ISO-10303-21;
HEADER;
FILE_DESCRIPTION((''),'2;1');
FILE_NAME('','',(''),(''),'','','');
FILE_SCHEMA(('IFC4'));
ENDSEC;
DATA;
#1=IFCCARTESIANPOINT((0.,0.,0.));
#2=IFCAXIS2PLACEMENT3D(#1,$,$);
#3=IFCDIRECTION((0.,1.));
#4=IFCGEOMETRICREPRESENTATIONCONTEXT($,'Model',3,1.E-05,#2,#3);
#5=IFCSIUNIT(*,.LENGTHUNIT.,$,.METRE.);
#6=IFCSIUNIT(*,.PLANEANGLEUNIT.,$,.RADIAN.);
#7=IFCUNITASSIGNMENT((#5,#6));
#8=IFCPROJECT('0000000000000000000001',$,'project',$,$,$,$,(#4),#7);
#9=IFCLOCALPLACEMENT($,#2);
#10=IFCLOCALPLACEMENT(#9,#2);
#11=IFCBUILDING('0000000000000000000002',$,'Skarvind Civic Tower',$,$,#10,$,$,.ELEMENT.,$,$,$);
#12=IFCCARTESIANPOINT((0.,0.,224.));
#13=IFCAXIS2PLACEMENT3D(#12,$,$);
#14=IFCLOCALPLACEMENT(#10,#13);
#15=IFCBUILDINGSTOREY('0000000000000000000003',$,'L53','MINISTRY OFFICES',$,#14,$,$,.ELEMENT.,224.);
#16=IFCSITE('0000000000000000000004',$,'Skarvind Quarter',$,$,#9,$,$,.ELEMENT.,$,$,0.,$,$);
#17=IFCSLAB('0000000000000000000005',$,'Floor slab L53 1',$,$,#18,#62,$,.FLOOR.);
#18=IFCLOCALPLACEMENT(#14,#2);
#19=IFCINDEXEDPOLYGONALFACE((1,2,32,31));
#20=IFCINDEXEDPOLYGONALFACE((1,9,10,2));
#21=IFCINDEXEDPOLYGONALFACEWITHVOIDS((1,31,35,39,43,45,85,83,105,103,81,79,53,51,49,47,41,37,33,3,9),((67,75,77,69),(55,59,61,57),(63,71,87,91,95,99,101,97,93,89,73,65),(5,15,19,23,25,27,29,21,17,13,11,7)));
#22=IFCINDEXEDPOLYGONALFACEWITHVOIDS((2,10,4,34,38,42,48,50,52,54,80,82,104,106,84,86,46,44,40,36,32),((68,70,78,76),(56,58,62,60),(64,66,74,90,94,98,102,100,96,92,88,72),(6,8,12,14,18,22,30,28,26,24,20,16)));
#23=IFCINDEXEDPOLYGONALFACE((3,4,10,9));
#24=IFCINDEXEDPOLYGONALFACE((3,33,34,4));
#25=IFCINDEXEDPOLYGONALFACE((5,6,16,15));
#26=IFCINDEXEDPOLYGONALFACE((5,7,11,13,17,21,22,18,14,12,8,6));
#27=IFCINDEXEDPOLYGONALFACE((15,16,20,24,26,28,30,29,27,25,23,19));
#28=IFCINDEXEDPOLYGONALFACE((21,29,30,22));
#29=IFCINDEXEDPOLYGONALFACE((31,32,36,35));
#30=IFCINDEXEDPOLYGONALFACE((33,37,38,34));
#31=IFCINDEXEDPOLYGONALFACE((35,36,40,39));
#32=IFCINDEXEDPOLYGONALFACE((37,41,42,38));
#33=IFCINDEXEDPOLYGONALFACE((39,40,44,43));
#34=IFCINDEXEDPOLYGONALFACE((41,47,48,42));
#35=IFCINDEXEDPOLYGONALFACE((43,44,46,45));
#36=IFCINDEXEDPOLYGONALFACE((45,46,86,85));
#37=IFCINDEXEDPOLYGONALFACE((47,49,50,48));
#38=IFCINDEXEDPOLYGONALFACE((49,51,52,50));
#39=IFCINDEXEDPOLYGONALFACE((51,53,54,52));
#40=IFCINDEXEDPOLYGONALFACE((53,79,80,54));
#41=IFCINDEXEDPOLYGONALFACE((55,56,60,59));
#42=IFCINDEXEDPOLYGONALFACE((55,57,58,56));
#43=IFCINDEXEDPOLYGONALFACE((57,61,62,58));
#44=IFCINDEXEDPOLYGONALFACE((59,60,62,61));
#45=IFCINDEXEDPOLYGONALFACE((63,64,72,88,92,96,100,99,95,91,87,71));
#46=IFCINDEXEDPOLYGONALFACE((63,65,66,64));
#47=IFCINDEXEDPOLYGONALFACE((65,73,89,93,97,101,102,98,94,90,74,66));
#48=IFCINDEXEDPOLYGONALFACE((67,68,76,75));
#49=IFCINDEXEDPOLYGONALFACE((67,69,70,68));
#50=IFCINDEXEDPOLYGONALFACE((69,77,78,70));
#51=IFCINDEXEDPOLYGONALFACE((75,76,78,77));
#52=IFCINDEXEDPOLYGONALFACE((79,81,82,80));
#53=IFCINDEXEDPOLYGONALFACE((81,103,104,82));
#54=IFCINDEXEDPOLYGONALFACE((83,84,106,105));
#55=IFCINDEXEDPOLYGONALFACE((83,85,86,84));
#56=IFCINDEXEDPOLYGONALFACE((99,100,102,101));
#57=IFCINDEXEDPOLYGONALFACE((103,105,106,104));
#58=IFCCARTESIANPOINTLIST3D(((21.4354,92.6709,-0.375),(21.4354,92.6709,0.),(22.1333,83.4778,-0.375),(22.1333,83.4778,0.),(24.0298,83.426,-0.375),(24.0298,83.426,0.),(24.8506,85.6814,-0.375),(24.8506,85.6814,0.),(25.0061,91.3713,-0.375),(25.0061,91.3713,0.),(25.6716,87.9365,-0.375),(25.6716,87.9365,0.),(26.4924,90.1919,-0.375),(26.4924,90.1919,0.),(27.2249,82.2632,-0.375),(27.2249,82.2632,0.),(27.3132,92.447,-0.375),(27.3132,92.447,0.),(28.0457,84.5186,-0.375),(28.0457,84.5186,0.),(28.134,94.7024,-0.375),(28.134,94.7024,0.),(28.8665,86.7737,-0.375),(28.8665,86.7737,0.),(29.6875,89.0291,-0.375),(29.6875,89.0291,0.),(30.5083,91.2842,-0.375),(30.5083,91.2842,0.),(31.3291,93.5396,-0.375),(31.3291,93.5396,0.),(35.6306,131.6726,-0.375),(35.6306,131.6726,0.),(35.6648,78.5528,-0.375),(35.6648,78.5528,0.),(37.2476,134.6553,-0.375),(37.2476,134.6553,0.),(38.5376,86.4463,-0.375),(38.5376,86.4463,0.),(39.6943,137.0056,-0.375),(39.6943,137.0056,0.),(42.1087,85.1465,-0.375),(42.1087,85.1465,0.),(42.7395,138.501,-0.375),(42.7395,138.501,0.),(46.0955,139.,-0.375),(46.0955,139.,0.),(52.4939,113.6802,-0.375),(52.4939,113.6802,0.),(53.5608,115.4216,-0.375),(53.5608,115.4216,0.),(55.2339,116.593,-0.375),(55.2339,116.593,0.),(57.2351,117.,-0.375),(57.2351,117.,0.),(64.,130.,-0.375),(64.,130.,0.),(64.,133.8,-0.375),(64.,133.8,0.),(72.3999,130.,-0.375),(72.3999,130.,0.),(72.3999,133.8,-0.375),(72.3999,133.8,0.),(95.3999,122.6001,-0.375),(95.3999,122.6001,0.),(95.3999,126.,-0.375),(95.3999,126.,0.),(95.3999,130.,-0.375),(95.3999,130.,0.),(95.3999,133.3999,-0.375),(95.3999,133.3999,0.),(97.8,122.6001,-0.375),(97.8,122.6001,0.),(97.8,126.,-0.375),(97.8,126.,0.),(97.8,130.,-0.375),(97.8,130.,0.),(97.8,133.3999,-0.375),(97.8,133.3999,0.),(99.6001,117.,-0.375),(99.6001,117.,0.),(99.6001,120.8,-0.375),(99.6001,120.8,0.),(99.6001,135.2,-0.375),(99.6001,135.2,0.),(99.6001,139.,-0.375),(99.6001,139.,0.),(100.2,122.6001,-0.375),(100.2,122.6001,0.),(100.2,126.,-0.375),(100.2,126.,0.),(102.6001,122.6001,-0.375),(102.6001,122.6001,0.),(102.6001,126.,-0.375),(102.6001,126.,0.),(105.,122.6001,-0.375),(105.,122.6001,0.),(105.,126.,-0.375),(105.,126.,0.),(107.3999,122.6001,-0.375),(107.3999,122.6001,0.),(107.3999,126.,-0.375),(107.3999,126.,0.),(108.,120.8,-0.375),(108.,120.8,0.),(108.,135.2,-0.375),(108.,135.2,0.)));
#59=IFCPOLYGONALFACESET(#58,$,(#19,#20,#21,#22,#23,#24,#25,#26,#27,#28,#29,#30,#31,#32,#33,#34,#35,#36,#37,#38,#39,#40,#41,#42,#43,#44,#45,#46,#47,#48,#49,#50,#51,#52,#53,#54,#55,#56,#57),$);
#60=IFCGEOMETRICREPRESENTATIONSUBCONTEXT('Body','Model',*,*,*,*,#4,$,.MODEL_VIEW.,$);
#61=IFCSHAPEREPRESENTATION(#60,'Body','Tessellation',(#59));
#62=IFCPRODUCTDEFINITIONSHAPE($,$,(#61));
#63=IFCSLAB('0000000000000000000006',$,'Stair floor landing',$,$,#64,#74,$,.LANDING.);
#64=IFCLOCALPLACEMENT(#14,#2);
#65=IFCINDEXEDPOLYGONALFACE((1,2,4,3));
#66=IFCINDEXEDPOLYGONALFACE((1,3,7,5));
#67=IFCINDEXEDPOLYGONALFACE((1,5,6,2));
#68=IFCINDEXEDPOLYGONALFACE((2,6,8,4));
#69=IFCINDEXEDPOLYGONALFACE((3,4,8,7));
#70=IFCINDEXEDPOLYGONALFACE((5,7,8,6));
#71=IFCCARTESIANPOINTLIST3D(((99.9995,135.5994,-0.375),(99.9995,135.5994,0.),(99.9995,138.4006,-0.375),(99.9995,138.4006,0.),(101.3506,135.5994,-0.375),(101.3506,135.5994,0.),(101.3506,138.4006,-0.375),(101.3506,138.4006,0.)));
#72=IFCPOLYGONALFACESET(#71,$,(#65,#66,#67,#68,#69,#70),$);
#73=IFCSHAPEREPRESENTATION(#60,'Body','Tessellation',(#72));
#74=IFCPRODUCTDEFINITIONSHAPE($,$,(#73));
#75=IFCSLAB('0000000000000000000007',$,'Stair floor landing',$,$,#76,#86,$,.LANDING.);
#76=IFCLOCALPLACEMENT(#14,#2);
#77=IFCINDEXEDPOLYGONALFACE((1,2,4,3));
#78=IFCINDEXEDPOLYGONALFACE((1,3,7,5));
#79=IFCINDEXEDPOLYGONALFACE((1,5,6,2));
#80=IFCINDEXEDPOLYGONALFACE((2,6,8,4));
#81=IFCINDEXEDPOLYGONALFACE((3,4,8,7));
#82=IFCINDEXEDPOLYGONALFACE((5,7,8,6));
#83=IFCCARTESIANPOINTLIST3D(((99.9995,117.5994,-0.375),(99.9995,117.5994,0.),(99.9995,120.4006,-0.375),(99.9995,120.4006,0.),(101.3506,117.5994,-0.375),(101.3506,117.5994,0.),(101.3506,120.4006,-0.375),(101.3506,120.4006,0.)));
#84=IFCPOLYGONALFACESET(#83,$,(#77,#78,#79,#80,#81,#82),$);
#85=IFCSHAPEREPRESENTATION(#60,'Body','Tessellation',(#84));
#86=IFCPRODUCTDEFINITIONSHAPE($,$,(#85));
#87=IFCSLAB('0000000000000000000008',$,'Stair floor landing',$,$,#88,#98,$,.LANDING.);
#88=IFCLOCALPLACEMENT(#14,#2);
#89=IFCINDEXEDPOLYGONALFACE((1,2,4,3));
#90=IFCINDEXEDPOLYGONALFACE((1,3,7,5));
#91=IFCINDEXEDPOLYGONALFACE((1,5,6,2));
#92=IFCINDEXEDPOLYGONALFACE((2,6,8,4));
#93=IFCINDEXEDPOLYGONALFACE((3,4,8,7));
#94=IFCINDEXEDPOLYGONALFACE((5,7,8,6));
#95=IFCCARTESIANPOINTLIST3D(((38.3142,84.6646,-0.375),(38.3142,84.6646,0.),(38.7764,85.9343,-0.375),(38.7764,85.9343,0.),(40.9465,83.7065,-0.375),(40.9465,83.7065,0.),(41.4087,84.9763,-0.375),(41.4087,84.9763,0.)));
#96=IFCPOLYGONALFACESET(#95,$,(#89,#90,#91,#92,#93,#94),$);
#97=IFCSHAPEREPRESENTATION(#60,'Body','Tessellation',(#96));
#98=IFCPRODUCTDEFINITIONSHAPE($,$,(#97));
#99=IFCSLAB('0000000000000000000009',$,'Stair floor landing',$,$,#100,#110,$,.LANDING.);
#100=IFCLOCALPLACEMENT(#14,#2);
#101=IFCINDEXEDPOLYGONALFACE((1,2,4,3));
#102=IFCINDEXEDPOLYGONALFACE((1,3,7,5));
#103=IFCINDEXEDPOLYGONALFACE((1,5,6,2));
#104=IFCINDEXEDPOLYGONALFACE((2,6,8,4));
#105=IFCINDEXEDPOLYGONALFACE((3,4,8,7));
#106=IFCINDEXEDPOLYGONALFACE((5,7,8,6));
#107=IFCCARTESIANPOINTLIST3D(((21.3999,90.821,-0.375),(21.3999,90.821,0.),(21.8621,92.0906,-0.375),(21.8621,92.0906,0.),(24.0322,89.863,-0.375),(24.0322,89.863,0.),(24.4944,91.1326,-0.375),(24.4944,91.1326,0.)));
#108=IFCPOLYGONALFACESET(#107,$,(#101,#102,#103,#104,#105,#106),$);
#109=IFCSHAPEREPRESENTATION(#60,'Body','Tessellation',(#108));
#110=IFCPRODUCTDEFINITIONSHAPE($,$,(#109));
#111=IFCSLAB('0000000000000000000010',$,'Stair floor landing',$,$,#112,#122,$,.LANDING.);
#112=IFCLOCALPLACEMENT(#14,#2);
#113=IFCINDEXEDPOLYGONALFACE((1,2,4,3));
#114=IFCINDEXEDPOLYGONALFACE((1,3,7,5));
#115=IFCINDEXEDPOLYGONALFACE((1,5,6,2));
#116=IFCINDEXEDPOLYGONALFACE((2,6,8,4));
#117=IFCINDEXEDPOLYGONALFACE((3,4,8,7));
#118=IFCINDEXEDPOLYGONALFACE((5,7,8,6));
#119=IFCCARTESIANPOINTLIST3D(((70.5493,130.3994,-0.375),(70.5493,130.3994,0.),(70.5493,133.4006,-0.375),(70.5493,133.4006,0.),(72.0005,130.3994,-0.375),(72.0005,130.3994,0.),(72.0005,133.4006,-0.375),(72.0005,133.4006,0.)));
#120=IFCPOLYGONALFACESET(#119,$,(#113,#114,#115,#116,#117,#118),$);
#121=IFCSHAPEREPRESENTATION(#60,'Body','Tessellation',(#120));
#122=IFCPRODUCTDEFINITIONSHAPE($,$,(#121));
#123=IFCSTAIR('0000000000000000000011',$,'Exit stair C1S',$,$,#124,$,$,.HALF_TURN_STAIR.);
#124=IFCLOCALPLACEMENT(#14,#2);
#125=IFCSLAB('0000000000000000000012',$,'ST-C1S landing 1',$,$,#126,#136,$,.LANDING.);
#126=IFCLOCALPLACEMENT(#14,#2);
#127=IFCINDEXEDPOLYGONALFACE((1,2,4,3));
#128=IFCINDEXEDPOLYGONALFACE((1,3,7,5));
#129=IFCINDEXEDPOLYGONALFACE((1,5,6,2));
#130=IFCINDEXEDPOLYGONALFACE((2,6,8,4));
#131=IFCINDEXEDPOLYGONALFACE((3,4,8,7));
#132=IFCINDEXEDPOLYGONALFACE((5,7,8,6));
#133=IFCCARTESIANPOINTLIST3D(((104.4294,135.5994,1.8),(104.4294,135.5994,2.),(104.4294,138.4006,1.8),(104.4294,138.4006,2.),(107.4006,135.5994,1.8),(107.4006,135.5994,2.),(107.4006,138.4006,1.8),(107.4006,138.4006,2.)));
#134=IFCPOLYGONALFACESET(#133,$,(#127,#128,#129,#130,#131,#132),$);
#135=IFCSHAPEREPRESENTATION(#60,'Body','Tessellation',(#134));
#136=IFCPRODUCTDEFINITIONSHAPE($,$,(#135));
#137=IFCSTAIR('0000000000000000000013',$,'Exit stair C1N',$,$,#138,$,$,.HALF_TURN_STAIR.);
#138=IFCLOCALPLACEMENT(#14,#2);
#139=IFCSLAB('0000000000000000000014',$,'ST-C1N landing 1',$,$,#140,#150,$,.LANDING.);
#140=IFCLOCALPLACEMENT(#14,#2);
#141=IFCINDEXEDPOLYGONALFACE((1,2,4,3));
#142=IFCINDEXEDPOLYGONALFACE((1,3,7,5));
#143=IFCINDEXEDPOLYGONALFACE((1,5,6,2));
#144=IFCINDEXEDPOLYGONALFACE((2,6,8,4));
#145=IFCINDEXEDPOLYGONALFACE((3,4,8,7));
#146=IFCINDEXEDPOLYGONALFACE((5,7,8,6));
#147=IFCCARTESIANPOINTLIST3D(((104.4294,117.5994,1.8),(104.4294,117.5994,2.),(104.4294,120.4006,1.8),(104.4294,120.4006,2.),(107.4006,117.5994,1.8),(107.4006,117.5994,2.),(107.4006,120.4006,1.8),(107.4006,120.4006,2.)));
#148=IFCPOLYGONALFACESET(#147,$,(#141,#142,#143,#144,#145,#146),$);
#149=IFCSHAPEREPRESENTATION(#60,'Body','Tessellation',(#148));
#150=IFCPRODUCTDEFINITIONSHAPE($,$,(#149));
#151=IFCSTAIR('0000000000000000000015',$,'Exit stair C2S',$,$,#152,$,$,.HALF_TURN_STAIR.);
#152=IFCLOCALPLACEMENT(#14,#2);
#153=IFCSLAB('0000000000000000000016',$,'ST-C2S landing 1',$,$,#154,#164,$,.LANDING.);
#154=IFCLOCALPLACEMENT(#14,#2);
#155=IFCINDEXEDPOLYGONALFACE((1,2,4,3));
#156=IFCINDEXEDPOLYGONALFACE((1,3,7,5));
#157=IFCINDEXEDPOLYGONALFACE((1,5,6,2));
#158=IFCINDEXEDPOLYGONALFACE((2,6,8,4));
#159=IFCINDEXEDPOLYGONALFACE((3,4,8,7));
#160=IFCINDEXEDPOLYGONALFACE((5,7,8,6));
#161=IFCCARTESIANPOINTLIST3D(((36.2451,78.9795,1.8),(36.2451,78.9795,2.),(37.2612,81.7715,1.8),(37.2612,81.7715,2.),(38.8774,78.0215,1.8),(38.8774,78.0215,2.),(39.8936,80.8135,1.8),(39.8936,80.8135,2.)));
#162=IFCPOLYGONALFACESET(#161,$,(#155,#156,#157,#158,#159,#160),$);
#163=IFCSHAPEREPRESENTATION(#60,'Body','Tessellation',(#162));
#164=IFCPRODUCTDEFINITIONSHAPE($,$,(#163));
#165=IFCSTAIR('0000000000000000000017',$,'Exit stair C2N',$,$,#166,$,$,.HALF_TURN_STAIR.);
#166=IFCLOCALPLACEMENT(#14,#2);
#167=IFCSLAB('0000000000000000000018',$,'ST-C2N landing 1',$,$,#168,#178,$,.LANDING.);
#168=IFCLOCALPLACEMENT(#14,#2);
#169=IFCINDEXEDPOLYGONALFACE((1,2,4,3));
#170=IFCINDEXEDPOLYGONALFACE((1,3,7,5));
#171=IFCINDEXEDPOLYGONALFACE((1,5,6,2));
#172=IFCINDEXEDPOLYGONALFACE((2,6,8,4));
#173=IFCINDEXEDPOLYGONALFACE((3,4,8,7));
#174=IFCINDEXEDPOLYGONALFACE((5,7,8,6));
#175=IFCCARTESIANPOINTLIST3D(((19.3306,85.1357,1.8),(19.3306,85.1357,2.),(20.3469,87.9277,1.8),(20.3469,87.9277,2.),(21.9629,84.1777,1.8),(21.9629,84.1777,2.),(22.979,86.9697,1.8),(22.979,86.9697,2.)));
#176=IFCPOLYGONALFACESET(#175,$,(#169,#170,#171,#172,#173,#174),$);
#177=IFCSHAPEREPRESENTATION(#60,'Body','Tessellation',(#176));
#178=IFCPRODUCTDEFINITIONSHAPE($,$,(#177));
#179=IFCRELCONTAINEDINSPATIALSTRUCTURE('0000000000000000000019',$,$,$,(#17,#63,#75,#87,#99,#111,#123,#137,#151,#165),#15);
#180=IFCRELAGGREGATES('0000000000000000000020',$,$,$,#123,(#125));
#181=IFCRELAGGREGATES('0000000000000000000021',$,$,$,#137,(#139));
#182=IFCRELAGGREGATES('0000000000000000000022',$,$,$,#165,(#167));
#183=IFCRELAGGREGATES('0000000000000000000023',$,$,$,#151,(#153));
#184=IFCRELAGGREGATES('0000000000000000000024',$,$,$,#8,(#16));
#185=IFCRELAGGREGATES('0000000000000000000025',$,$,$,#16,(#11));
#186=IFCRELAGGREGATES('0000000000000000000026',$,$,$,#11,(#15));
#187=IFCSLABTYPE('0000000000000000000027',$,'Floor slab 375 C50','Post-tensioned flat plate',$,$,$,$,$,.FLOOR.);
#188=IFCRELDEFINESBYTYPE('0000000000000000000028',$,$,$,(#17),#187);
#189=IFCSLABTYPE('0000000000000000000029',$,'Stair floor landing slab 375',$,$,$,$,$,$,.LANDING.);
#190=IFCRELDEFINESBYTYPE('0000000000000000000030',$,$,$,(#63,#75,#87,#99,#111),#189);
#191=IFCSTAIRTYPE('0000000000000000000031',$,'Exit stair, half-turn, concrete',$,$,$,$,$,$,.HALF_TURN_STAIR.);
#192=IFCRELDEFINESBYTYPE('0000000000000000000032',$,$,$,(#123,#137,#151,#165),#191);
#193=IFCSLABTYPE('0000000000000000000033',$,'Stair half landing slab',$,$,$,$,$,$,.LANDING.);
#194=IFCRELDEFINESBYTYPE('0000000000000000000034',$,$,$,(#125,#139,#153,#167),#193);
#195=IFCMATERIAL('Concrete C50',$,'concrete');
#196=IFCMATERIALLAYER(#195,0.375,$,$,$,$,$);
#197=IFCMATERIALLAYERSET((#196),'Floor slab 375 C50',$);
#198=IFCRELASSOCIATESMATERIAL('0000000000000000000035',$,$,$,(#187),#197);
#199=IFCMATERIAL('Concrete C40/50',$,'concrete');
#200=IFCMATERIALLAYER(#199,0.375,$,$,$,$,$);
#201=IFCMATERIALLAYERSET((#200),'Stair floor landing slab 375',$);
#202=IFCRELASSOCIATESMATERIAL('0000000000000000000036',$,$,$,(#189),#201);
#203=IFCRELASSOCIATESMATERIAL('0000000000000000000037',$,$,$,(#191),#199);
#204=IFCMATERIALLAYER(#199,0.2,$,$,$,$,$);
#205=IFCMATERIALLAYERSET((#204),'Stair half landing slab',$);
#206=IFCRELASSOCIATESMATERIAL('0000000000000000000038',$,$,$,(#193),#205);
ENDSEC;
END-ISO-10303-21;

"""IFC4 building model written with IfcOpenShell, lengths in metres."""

from ifc_helpers import new_model, si_unit, direction, frame, origin, place, context, subcontext, project, spatial, polyline, outline, extrude, material, layer, layer_set, type_object, element, aggregate, save


model = new_model("IFC4")

# Units and contexts
model_context = context("Model", 3, precision=1e-05, world=origin(), true_north=direction((0.0, 1.0)))
body_context = subcontext(model_context, "Body", "Model", "MODEL_VIEW")
ifc_project = project(units=[si_unit("LENGTHUNIT", "METRE"), si_unit("PLANEANGLEUNIT", "RADIAN")], contexts=[model_context])

# Site, building, storey
site_placement = place(None, origin())
site = spatial("IfcSite", under=ifc_project, at=site_placement, Name="Skarvind Quarter", CompositionType="ELEMENT", RefElevation=0.0)
building_placement = place(site_placement, origin())
building = spatial("IfcBuilding", under=site, at=building_placement, Name="Skarvind Civic Tower", CompositionType="ELEMENT")
storey_placement = place(building_placement, frame((0.0, 0.0, 224.0)))
storey = spatial("IfcBuildingStorey", under=building, at=storey_placement, Name="L53", Description="MINISTRY OFFICES", CompositionType="ELEMENT", Elevation=224.0)

# Slabs
ifc_material_1 = material(Name="Concrete C50", Category="concrete")
ifc_layer_1 = layer(ifc_material_1, 0.375)
ifc_layer_set_1 = layer_set([ifc_layer_1], Name="Floor slab 375 C50")
slab_type_1 = type_object("IfcSlabType", Name="Floor slab 375 C50", Description="Post-tensioned flat plate", PredefinedType="FLOOR", material=ifc_layer_set_1)
slab_1_placement = place(storey_placement, frame((0.0, 0.0, -0.375)))
element("IfcSlab", 1, at=slab_1_placement, inside=storey, type_object=slab_type_1, Name="Floor slab L53 1", PredefinedType="FLOOR", context=body_context, shape_type="SweptSolid", body=[
    extrude(outline(polyline([(99.6001, 117.0), (99.6001, 120.8), (108.0, 120.8), (108.0, 135.2), (99.6001, 135.2), (99.6001, 139.0), (46.0955, 139.0), (42.7395, 138.501), (39.6943, 137.0056), (37.2476, 134.6553), (35.6306, 131.6726), (19.4175, 87.1267), (21.4353, 92.6709), (25.0061, 91.3713), (22.1333, 83.4778), (36.8865, 78.1082), (35.6648, 78.5527), (38.5376, 86.4463), (42.1086, 85.1465), (40.0908, 79.6023), (40.0908, 79.6023), (52.4939, 113.6802), (53.5608, 115.4216), (55.2339, 116.593), (57.2351, 117.0), (99.6001, 117.0)]), holes=[polyline([(25.6716, 87.9365), (26.4924, 90.1919), (27.3132, 92.447), (28.134, 94.7024), (31.3291, 93.5396), (30.5083, 91.2842), (29.6875, 89.0291), (28.8665, 86.7737), (28.8665, 86.7737), (28.0457, 84.5186), (27.2249, 82.2632), (24.0298, 83.426), (24.8506, 85.6814), (25.6716, 87.9365), (25.6716, 87.9365)]), polyline([(64.0, 130.0), (64.0, 133.8), (72.3999, 133.8), (72.3999, 130.0), (64.0, 130.0)]), polyline([(97.8, 126.0), (100.2, 126.0), (102.6001, 126.0), (105.0, 126.0), (107.3999, 126.0), (107.3999, 122.6001), (105.0, 122.6001), (102.6001, 122.6001), (100.2, 122.6001), (97.8, 122.6001), (95.3999, 122.6001), (95.3999, 126.0), (97.8, 126.0)]), polyline([(97.8, 133.3999), (97.8, 130.0), (95.3999, 130.0), (95.3999, 133.3999), (97.8, 133.3999)])]), origin(), (0.0, 0.0, 1.0), 0.375),
])
ifc_material_2 = material(Name="Concrete C40/50", Category="concrete")
ifc_layer_2 = layer(ifc_material_2, 0.375)
ifc_layer_set_2 = layer_set([ifc_layer_2], Name="Stair floor landing slab 375")
slab_type_2 = type_object("IfcSlabType", Name="Stair floor landing slab 375", PredefinedType="LANDING", material=ifc_layer_set_2)
slab_2_placement = place(storey_placement, frame((0.0, 0.0, -0.375)))
element("IfcSlab", 2, at=slab_2_placement, inside=storey, type_object=slab_type_2, Name="Stair floor landing", PredefinedType="LANDING", context=body_context, shape_type="SweptSolid", body=[
    extrude(outline(polyline([(101.3506, 138.4006), (101.3506, 135.5994), (99.9995, 135.5994), (99.9995, 138.4006), (101.3506, 138.4006)])), origin(), (0.0, 0.0, 1.0), 0.375),
])
slab_3_placement = place(storey_placement, frame((0.0, 0.0, -0.375)))
element("IfcSlab", 3, at=slab_3_placement, inside=storey, type_object=slab_type_2, Name="Stair floor landing", PredefinedType="LANDING", context=body_context, shape_type="SweptSolid", body=[
    extrude(outline(polyline([(101.3506, 120.4006), (101.3506, 117.5994), (99.9995, 117.5994), (99.9995, 120.4006), (101.3506, 120.4006)])), origin(), (0.0, 0.0, 1.0), 0.375),
])
slab_4_placement = place(storey_placement, frame((0.0, 0.0, -0.375)))
element("IfcSlab", 4, at=slab_4_placement, inside=storey, type_object=slab_type_2, Name="Stair floor landing", PredefinedType="LANDING", context=body_context, shape_type="SweptSolid", body=[
    extrude(outline(polyline([(40.9465, 83.7065), (38.3142, 84.6646), (38.7764, 85.9343), (41.4087, 84.9763), (40.9465, 83.7065)])), origin(), (0.0, 0.0, 1.0), 0.375),
])
slab_5_placement = place(storey_placement, frame((0.0, 0.0, -0.375)))
element("IfcSlab", 5, at=slab_5_placement, inside=storey, type_object=slab_type_2, Name="Stair floor landing", PredefinedType="LANDING", context=body_context, shape_type="SweptSolid", body=[
    extrude(outline(polyline([(24.0322, 89.863), (21.3999, 90.821), (21.8621, 92.0906), (24.4944, 91.1326), (24.0322, 89.863)])), origin(), (0.0, 0.0, 1.0), 0.375),
])
slab_6_placement = place(storey_placement, frame((0.0, 0.0, -0.375)))
element("IfcSlab", 6, at=slab_6_placement, inside=storey, type_object=slab_type_2, Name="Stair floor landing", PredefinedType="LANDING", context=body_context, shape_type="SweptSolid", body=[
    extrude(outline(polyline([(70.5493, 130.3994), (70.5493, 133.4006), (72.0005, 133.4006), (72.0005, 130.3994), (70.5493, 130.3994)])), origin(), (0.0, 0.0, 1.0), 0.375),
])

# Stairs, slabs
stair_type_1 = type_object("IfcStairType", Name="Exit stair, half-turn, concrete", PredefinedType="HALF_TURN_STAIR", material=ifc_material_2)
stair_1_placement = place(storey_placement, origin())
stair_1 = element("IfcStair", 7, at=stair_1_placement, inside=storey, type_object=stair_type_1, Name="Exit stair C1S", PredefinedType="HALF_TURN_STAIR")
ifc_layer_3 = layer(ifc_material_2, 0.2)
ifc_layer_set_3 = layer_set([ifc_layer_3], Name="Stair half landing slab")
slab_type_3 = type_object("IfcSlabType", Name="Stair half landing slab", PredefinedType="LANDING", material=ifc_layer_set_3)
slab_7_placement = place(storey_placement, frame((0.0, 0.0, 1.8)))
slab_7 = element("IfcSlab", 8, at=slab_7_placement, type_object=slab_type_3, Name="ST-C1S landing 1", PredefinedType="LANDING", context=body_context, shape_type="SweptSolid", body=[
    extrude(outline(polyline([(104.4294, 135.5994), (104.4294, 138.4006), (107.4006, 138.4006), (107.4006, 135.5994), (104.4294, 135.5994)])), origin(), (0.0, 0.0, 1.0), 0.2),
])
aggregate(stair_1, [slab_7])
stair_2_placement = place(storey_placement, origin())
stair_2 = element("IfcStair", 9, at=stair_2_placement, inside=storey, type_object=stair_type_1, Name="Exit stair C1N", PredefinedType="HALF_TURN_STAIR")
slab_8_placement = place(storey_placement, frame((0.0, 0.0, 1.8)))
slab_8 = element("IfcSlab", 10, at=slab_8_placement, type_object=slab_type_3, Name="ST-C1N landing 1", PredefinedType="LANDING", context=body_context, shape_type="SweptSolid", body=[
    extrude(outline(polyline([(104.4294, 117.5994), (104.4294, 120.4006), (107.4006, 120.4006), (107.4006, 117.5994), (104.4294, 117.5994)])), origin(), (0.0, 0.0, 1.0), 0.2),
])
aggregate(stair_2, [slab_8])
stair_3_placement = place(storey_placement, origin())
stair_3 = element("IfcStair", 11, at=stair_3_placement, inside=storey, type_object=stair_type_1, Name="Exit stair C2S", PredefinedType="HALF_TURN_STAIR")
slab_9_placement = place(storey_placement, frame((0.0, 0.0, 1.8)))
slab_9 = element("IfcSlab", 12, at=slab_9_placement, type_object=slab_type_3, Name="ST-C2S landing 1", PredefinedType="LANDING", context=body_context, shape_type="SweptSolid", body=[
    extrude(outline(polyline([(37.2612, 81.7715), (39.8936, 80.8135), (38.8774, 78.0215), (36.2451, 78.9795), (37.2612, 81.7715)])), origin(), (0.0, 0.0, 1.0), 0.2),
])
stair_4_placement = place(storey_placement, origin())
stair_4 = element("IfcStair", 13, at=stair_4_placement, inside=storey, type_object=stair_type_1, Name="Exit stair C2N", PredefinedType="HALF_TURN_STAIR")
slab_10_placement = place(storey_placement, frame((0.0, 0.0, 1.8)))
slab_10 = element("IfcSlab", 14, at=slab_10_placement, type_object=slab_type_3, Name="ST-C2N landing 1", PredefinedType="LANDING", context=body_context, shape_type="SweptSolid", body=[
    extrude(outline(polyline([(20.3469, 87.9277), (22.979, 86.9697), (21.9629, 84.1777), (19.3306, 85.1357), (20.3469, 87.9277)])), origin(), (0.0, 0.0, 1.0), 0.2),
])
aggregate(stair_4, [slab_10])

aggregate(stair_3, [slab_9])

save(model, "model.ifc")
